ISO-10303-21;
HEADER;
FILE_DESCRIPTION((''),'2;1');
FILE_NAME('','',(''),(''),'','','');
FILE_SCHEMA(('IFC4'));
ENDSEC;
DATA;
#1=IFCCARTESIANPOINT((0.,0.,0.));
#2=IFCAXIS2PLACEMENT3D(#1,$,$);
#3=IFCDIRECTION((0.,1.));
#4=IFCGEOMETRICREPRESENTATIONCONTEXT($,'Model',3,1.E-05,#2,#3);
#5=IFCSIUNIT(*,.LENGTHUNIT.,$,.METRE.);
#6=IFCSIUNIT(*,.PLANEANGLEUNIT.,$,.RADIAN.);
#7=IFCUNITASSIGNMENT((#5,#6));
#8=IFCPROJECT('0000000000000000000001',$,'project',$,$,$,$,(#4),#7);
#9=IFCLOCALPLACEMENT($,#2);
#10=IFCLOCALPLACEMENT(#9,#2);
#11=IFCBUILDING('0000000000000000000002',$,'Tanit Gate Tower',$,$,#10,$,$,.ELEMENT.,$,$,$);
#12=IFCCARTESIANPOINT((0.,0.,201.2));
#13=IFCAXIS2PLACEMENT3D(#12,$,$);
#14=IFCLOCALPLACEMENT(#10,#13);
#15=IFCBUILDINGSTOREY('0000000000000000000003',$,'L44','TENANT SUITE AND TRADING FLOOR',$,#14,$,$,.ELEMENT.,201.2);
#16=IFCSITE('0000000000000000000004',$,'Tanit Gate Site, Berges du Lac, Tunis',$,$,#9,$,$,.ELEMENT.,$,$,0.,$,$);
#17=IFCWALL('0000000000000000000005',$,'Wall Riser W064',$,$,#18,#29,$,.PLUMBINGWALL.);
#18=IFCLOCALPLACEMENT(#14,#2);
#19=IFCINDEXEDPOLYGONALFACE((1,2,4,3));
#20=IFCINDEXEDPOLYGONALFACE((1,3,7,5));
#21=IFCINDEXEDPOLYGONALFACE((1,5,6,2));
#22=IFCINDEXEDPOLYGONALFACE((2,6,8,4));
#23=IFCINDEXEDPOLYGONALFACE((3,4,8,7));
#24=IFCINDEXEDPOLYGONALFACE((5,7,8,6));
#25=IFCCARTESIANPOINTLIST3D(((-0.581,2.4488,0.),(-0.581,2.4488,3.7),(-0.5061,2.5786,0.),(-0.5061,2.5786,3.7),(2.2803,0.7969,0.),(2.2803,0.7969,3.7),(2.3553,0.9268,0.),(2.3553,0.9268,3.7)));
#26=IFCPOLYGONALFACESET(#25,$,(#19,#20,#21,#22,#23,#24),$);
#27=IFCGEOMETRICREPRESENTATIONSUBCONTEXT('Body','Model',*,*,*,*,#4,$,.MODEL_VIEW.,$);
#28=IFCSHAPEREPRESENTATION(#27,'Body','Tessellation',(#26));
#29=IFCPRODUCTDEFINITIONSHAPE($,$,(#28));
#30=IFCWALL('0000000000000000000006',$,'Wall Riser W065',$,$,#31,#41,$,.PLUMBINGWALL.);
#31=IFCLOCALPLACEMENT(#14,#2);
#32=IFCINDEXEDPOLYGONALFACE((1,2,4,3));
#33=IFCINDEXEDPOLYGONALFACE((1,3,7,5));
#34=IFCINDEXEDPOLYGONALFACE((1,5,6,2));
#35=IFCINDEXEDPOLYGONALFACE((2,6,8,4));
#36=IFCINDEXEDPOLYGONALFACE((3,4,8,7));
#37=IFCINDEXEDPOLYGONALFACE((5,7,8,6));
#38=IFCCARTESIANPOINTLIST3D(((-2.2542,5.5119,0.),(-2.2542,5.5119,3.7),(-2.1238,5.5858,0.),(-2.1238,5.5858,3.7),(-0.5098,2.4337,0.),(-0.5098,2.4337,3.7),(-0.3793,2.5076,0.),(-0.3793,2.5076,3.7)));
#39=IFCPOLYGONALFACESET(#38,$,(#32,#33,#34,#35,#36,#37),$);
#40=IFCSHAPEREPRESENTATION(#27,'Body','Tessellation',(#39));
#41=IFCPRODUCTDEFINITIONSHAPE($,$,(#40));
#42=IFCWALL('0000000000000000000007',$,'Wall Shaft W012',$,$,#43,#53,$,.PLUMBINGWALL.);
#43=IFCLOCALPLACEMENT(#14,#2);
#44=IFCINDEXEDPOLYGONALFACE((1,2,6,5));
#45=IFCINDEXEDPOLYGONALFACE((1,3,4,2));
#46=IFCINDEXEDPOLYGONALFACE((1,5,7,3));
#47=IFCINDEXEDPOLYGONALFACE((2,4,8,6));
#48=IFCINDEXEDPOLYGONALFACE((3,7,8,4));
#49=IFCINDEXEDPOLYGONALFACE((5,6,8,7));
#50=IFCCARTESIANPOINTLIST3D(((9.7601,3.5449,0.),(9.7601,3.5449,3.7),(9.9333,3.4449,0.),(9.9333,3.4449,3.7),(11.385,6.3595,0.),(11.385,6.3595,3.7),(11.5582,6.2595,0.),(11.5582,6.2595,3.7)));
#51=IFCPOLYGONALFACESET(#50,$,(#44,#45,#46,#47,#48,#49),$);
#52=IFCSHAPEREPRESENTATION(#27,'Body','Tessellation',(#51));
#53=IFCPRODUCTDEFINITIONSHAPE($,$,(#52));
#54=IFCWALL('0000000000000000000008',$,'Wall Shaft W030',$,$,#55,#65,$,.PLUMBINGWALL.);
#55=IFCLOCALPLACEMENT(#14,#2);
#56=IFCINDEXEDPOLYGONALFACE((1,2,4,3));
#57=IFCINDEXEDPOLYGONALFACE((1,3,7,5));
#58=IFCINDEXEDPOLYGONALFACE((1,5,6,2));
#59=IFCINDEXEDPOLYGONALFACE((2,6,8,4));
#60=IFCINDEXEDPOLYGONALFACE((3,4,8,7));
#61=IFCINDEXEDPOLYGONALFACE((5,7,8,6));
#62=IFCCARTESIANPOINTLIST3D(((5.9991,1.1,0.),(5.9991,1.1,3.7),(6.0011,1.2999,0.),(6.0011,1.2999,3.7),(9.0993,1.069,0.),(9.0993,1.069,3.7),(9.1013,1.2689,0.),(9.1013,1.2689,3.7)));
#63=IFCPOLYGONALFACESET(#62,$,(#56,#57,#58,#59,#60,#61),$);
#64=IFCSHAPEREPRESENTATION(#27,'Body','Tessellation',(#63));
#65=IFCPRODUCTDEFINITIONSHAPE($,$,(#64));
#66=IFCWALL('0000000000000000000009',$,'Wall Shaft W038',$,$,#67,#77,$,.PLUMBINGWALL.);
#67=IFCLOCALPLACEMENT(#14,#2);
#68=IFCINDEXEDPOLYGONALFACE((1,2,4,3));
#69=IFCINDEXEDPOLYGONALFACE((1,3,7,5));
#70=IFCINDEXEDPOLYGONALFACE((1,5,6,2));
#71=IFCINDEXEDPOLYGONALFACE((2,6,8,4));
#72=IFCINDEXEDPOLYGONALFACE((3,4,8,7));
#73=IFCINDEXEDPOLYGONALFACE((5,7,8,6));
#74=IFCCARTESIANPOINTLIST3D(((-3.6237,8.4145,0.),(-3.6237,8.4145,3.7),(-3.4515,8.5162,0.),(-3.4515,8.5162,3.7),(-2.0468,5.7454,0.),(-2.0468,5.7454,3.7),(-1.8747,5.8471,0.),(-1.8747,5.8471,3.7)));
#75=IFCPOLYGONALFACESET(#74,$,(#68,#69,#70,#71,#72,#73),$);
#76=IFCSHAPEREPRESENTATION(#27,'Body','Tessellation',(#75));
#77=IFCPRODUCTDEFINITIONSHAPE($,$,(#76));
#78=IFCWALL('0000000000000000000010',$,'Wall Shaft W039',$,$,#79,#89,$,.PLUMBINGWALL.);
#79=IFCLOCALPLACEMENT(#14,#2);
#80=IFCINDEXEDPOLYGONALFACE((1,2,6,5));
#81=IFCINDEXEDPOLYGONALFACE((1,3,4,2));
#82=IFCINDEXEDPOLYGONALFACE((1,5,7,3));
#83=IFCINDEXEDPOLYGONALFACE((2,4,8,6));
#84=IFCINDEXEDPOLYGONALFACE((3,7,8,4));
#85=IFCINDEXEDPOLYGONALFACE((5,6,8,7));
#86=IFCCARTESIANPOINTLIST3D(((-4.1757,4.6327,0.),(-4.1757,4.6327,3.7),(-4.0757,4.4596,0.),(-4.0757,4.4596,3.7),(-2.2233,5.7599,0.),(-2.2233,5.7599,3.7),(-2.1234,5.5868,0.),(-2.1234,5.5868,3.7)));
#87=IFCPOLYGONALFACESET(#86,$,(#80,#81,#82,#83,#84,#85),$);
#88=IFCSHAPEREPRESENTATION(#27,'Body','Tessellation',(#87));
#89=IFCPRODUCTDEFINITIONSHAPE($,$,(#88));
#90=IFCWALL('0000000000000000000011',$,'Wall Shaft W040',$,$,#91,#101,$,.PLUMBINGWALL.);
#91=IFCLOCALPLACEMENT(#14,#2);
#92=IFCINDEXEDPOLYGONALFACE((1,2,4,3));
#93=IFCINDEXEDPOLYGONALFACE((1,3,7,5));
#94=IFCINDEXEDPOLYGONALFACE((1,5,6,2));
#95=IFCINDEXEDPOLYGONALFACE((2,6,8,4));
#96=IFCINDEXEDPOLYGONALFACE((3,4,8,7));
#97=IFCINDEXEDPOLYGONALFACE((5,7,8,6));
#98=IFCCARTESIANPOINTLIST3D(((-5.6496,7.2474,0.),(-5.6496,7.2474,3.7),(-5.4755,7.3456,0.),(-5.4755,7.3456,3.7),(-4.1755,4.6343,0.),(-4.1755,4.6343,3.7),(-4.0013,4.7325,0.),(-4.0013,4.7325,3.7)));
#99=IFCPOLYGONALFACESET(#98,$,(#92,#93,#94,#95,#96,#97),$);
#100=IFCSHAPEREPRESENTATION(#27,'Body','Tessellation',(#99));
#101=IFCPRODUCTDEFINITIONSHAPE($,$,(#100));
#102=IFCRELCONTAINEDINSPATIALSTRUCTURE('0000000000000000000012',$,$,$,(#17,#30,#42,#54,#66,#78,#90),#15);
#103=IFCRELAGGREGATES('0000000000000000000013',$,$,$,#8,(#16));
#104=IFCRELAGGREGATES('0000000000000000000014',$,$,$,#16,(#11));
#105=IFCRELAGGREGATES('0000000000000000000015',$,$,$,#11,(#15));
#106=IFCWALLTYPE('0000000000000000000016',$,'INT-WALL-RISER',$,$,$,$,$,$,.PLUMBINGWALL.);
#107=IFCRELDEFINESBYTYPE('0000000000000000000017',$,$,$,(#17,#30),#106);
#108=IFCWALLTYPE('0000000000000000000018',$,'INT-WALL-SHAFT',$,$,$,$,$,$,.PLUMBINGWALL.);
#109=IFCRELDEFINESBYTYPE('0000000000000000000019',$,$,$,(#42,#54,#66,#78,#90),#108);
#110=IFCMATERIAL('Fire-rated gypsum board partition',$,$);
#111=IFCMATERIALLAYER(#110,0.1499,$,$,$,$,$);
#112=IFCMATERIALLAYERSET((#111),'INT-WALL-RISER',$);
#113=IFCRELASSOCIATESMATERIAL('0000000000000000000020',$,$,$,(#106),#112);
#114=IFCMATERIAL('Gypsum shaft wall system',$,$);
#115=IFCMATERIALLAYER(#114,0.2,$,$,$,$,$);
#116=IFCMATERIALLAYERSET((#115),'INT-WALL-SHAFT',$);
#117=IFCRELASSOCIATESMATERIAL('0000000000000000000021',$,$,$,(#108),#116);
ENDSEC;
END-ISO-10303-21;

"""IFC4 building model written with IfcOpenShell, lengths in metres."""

from ifc_helpers import new_model, si_unit, direction, frame, frame_2d, origin, place, context, subcontext, project, spatial, rectangle, extrude, material, layer, layer_set, type_object, element, save


model = new_model("IFC4")

# Units and contexts
model_context = context("Model", 3, precision=1e-05, world=origin(), true_north=direction((0.0, 1.0)))
body_context = subcontext(model_context, "Body", "Model", "MODEL_VIEW")
ifc_project = project(units=[si_unit("LENGTHUNIT", "METRE"), si_unit("PLANEANGLEUNIT", "RADIAN")], contexts=[model_context])

# Site, building, storey
site_placement = place(None, origin())
site = spatial("IfcSite", under=ifc_project, at=site_placement, Name="Tanit Gate Site, Berges du Lac, Tunis", CompositionType="ELEMENT", RefElevation=0.0)
building_placement = place(site_placement, origin())
building = spatial("IfcBuilding", under=site, at=building_placement, Name="Tanit Gate Tower", CompositionType="ELEMENT")
storey_placement = place(building_placement, frame((0.0, 0.0, 201.2)))
storey = spatial("IfcBuildingStorey", under=building, at=storey_placement, Name="L44", Description="TENANT SUITE AND TRADING FLOOR", CompositionType="ELEMENT", Elevation=201.2)

# Shared definitions
ifc_material_1 = material(Name="Fire-rated gypsum board partition")
ifc_layer_1 = layer(ifc_material_1, 0.1499)
ifc_layer_set_1 = layer_set([ifc_layer_1], Name="INT-WALL-RISER")
wall_type_1 = type_object("IfcWallType", Name="INT-WALL-RISER", PredefinedType="PLUMBINGWALL", material=ifc_layer_set_1)

# Walls
wall_1_placement = place(storey_placement, frame((-0.5435, 2.5137, 0.0), z_axis=(0.0, 0.0, 1.0), x_axis=(0.866043, -0.49997, 0.0)))
element("IfcWall", 1, at=wall_1_placement, inside=storey, type_object=wall_type_1, Name="Wall Riser W064", PredefinedType="PLUMBINGWALL", context=body_context, shape_type="SweptSolid", body=[
    extrude(rectangle(XDim=3.304, YDim=0.1499, at=frame_2d((1.6519, 0.0))), origin(), (0.0, 0.0, 1.0), 3.7),
])
wall_2_placement = place(storey_placement, frame((-2.189, 5.5488, 0.0), z_axis=(0.0, 0.0, 1.0), x_axis=(0.493037, -0.870008, 0.0)))
element("IfcWall", 2, at=wall_2_placement, inside=storey, type_object=wall_type_1, Name="Wall Riser W065", PredefinedType="PLUMBINGWALL", context=body_context, shape_type="SweptSolid", body=[
    extrude(rectangle(XDim=3.5381, YDim=0.1499, at=frame_2d((1.769, 0.0))), origin(), (0.0, 0.0, 1.0), 3.7),
])
ifc_material_2 = material(Name="Gypsum shaft wall system")
ifc_layer_2 = layer(ifc_material_2, 0.2)
ifc_layer_set_2 = layer_set([ifc_layer_2], Name="INT-WALL-SHAFT")
wall_type_2 = type_object("IfcWallType", Name="INT-WALL-SHAFT", PredefinedType="PLUMBINGWALL", material=ifc_layer_set_2)
wall_3_placement = place(storey_placement, frame((9.8467, 3.4949, 0.0), z_axis=(0.0, 0.0, 1.0), x_axis=(0.499985, 0.866034, 0.0)))
element("IfcWall", 3, at=wall_3_placement, inside=storey, type_object=wall_type_2, Name="Wall Shaft W012", PredefinedType="PLUMBINGWALL", context=body_context, shape_type="SweptSolid", body=[
    extrude(rectangle(XDim=3.25, YDim=0.2, at=frame_2d((1.625, 0.0))), origin(), (0.0, 0.0, 1.0), 3.7),
])

# Wall
wall_4_placement = place(storey_placement, frame((6.0, 1.2, 0.0), z_axis=(0.0, 0.0, 1.0), x_axis=(0.99995, -0.010001, 0.0)))
element("IfcWall", 4, at=wall_4_placement, inside=storey, type_object=wall_type_2, Name="Wall Shaft W030", PredefinedType="PLUMBINGWALL", context=body_context, shape_type="SweptSolid", body=[
    extrude(rectangle(XDim=3.1003, YDim=0.2, at=frame_2d((1.5503, 0.0))), origin(), (0.0, 0.0, 1.0), 3.7),
])

# Walls
wall_5_placement = place(storey_placement, frame((-3.5376, 8.4653, 0.0), z_axis=(0.0, 0.0, 1.0), x_axis=(0.508647, -0.860975, 0.0)))
element("IfcWall", 5, at=wall_5_placement, inside=storey, type_object=wall_type_2, Name="Wall Shaft W038", PredefinedType="PLUMBINGWALL", context=body_context, shape_type="SweptSolid", body=[
    extrude(rectangle(XDim=3.1001, YDim=0.2, at=frame_2d((1.55, 0.0))), origin(), (0.0, 0.0, 1.0), 3.7),
])
wall_6_placement = place(storey_placement, frame((-2.1733, 5.6733, 0.0), z_axis=(0.0, 0.0, 1.0), x_axis=(-0.866029, -0.499994, 0.0)))
element("IfcWall", 6, at=wall_6_placement, inside=storey, type_object=wall_type_2, Name="Wall Shaft W039", PredefinedType="PLUMBINGWALL", context=body_context, shape_type="SweptSolid", body=[
    extrude(rectangle(XDim=2.2544, YDim=0.2, at=frame_2d((1.1272, 0.0))), origin(), (0.0, 0.0, 1.0), 3.7),
])
wall_7_placement = place(storey_placement, frame((-5.5625, 7.2964, 0.0), z_axis=(0.0, 0.0, 1.0), x_axis=(0.491347, -0.870964, 0.0)))
element("IfcWall", 7, at=wall_7_placement, inside=storey, type_object=wall_type_2, Name="Wall Shaft W040", PredefinedType="PLUMBINGWALL", context=body_context, shape_type="SweptSolid", body=[
    extrude(rectangle(XDim=3.0002, YDim=0.2, at=frame_2d((1.5, 0.0))), origin(), (0.0, 0.0, 1.0), 3.7),
])

save(model, "model.ifc")
